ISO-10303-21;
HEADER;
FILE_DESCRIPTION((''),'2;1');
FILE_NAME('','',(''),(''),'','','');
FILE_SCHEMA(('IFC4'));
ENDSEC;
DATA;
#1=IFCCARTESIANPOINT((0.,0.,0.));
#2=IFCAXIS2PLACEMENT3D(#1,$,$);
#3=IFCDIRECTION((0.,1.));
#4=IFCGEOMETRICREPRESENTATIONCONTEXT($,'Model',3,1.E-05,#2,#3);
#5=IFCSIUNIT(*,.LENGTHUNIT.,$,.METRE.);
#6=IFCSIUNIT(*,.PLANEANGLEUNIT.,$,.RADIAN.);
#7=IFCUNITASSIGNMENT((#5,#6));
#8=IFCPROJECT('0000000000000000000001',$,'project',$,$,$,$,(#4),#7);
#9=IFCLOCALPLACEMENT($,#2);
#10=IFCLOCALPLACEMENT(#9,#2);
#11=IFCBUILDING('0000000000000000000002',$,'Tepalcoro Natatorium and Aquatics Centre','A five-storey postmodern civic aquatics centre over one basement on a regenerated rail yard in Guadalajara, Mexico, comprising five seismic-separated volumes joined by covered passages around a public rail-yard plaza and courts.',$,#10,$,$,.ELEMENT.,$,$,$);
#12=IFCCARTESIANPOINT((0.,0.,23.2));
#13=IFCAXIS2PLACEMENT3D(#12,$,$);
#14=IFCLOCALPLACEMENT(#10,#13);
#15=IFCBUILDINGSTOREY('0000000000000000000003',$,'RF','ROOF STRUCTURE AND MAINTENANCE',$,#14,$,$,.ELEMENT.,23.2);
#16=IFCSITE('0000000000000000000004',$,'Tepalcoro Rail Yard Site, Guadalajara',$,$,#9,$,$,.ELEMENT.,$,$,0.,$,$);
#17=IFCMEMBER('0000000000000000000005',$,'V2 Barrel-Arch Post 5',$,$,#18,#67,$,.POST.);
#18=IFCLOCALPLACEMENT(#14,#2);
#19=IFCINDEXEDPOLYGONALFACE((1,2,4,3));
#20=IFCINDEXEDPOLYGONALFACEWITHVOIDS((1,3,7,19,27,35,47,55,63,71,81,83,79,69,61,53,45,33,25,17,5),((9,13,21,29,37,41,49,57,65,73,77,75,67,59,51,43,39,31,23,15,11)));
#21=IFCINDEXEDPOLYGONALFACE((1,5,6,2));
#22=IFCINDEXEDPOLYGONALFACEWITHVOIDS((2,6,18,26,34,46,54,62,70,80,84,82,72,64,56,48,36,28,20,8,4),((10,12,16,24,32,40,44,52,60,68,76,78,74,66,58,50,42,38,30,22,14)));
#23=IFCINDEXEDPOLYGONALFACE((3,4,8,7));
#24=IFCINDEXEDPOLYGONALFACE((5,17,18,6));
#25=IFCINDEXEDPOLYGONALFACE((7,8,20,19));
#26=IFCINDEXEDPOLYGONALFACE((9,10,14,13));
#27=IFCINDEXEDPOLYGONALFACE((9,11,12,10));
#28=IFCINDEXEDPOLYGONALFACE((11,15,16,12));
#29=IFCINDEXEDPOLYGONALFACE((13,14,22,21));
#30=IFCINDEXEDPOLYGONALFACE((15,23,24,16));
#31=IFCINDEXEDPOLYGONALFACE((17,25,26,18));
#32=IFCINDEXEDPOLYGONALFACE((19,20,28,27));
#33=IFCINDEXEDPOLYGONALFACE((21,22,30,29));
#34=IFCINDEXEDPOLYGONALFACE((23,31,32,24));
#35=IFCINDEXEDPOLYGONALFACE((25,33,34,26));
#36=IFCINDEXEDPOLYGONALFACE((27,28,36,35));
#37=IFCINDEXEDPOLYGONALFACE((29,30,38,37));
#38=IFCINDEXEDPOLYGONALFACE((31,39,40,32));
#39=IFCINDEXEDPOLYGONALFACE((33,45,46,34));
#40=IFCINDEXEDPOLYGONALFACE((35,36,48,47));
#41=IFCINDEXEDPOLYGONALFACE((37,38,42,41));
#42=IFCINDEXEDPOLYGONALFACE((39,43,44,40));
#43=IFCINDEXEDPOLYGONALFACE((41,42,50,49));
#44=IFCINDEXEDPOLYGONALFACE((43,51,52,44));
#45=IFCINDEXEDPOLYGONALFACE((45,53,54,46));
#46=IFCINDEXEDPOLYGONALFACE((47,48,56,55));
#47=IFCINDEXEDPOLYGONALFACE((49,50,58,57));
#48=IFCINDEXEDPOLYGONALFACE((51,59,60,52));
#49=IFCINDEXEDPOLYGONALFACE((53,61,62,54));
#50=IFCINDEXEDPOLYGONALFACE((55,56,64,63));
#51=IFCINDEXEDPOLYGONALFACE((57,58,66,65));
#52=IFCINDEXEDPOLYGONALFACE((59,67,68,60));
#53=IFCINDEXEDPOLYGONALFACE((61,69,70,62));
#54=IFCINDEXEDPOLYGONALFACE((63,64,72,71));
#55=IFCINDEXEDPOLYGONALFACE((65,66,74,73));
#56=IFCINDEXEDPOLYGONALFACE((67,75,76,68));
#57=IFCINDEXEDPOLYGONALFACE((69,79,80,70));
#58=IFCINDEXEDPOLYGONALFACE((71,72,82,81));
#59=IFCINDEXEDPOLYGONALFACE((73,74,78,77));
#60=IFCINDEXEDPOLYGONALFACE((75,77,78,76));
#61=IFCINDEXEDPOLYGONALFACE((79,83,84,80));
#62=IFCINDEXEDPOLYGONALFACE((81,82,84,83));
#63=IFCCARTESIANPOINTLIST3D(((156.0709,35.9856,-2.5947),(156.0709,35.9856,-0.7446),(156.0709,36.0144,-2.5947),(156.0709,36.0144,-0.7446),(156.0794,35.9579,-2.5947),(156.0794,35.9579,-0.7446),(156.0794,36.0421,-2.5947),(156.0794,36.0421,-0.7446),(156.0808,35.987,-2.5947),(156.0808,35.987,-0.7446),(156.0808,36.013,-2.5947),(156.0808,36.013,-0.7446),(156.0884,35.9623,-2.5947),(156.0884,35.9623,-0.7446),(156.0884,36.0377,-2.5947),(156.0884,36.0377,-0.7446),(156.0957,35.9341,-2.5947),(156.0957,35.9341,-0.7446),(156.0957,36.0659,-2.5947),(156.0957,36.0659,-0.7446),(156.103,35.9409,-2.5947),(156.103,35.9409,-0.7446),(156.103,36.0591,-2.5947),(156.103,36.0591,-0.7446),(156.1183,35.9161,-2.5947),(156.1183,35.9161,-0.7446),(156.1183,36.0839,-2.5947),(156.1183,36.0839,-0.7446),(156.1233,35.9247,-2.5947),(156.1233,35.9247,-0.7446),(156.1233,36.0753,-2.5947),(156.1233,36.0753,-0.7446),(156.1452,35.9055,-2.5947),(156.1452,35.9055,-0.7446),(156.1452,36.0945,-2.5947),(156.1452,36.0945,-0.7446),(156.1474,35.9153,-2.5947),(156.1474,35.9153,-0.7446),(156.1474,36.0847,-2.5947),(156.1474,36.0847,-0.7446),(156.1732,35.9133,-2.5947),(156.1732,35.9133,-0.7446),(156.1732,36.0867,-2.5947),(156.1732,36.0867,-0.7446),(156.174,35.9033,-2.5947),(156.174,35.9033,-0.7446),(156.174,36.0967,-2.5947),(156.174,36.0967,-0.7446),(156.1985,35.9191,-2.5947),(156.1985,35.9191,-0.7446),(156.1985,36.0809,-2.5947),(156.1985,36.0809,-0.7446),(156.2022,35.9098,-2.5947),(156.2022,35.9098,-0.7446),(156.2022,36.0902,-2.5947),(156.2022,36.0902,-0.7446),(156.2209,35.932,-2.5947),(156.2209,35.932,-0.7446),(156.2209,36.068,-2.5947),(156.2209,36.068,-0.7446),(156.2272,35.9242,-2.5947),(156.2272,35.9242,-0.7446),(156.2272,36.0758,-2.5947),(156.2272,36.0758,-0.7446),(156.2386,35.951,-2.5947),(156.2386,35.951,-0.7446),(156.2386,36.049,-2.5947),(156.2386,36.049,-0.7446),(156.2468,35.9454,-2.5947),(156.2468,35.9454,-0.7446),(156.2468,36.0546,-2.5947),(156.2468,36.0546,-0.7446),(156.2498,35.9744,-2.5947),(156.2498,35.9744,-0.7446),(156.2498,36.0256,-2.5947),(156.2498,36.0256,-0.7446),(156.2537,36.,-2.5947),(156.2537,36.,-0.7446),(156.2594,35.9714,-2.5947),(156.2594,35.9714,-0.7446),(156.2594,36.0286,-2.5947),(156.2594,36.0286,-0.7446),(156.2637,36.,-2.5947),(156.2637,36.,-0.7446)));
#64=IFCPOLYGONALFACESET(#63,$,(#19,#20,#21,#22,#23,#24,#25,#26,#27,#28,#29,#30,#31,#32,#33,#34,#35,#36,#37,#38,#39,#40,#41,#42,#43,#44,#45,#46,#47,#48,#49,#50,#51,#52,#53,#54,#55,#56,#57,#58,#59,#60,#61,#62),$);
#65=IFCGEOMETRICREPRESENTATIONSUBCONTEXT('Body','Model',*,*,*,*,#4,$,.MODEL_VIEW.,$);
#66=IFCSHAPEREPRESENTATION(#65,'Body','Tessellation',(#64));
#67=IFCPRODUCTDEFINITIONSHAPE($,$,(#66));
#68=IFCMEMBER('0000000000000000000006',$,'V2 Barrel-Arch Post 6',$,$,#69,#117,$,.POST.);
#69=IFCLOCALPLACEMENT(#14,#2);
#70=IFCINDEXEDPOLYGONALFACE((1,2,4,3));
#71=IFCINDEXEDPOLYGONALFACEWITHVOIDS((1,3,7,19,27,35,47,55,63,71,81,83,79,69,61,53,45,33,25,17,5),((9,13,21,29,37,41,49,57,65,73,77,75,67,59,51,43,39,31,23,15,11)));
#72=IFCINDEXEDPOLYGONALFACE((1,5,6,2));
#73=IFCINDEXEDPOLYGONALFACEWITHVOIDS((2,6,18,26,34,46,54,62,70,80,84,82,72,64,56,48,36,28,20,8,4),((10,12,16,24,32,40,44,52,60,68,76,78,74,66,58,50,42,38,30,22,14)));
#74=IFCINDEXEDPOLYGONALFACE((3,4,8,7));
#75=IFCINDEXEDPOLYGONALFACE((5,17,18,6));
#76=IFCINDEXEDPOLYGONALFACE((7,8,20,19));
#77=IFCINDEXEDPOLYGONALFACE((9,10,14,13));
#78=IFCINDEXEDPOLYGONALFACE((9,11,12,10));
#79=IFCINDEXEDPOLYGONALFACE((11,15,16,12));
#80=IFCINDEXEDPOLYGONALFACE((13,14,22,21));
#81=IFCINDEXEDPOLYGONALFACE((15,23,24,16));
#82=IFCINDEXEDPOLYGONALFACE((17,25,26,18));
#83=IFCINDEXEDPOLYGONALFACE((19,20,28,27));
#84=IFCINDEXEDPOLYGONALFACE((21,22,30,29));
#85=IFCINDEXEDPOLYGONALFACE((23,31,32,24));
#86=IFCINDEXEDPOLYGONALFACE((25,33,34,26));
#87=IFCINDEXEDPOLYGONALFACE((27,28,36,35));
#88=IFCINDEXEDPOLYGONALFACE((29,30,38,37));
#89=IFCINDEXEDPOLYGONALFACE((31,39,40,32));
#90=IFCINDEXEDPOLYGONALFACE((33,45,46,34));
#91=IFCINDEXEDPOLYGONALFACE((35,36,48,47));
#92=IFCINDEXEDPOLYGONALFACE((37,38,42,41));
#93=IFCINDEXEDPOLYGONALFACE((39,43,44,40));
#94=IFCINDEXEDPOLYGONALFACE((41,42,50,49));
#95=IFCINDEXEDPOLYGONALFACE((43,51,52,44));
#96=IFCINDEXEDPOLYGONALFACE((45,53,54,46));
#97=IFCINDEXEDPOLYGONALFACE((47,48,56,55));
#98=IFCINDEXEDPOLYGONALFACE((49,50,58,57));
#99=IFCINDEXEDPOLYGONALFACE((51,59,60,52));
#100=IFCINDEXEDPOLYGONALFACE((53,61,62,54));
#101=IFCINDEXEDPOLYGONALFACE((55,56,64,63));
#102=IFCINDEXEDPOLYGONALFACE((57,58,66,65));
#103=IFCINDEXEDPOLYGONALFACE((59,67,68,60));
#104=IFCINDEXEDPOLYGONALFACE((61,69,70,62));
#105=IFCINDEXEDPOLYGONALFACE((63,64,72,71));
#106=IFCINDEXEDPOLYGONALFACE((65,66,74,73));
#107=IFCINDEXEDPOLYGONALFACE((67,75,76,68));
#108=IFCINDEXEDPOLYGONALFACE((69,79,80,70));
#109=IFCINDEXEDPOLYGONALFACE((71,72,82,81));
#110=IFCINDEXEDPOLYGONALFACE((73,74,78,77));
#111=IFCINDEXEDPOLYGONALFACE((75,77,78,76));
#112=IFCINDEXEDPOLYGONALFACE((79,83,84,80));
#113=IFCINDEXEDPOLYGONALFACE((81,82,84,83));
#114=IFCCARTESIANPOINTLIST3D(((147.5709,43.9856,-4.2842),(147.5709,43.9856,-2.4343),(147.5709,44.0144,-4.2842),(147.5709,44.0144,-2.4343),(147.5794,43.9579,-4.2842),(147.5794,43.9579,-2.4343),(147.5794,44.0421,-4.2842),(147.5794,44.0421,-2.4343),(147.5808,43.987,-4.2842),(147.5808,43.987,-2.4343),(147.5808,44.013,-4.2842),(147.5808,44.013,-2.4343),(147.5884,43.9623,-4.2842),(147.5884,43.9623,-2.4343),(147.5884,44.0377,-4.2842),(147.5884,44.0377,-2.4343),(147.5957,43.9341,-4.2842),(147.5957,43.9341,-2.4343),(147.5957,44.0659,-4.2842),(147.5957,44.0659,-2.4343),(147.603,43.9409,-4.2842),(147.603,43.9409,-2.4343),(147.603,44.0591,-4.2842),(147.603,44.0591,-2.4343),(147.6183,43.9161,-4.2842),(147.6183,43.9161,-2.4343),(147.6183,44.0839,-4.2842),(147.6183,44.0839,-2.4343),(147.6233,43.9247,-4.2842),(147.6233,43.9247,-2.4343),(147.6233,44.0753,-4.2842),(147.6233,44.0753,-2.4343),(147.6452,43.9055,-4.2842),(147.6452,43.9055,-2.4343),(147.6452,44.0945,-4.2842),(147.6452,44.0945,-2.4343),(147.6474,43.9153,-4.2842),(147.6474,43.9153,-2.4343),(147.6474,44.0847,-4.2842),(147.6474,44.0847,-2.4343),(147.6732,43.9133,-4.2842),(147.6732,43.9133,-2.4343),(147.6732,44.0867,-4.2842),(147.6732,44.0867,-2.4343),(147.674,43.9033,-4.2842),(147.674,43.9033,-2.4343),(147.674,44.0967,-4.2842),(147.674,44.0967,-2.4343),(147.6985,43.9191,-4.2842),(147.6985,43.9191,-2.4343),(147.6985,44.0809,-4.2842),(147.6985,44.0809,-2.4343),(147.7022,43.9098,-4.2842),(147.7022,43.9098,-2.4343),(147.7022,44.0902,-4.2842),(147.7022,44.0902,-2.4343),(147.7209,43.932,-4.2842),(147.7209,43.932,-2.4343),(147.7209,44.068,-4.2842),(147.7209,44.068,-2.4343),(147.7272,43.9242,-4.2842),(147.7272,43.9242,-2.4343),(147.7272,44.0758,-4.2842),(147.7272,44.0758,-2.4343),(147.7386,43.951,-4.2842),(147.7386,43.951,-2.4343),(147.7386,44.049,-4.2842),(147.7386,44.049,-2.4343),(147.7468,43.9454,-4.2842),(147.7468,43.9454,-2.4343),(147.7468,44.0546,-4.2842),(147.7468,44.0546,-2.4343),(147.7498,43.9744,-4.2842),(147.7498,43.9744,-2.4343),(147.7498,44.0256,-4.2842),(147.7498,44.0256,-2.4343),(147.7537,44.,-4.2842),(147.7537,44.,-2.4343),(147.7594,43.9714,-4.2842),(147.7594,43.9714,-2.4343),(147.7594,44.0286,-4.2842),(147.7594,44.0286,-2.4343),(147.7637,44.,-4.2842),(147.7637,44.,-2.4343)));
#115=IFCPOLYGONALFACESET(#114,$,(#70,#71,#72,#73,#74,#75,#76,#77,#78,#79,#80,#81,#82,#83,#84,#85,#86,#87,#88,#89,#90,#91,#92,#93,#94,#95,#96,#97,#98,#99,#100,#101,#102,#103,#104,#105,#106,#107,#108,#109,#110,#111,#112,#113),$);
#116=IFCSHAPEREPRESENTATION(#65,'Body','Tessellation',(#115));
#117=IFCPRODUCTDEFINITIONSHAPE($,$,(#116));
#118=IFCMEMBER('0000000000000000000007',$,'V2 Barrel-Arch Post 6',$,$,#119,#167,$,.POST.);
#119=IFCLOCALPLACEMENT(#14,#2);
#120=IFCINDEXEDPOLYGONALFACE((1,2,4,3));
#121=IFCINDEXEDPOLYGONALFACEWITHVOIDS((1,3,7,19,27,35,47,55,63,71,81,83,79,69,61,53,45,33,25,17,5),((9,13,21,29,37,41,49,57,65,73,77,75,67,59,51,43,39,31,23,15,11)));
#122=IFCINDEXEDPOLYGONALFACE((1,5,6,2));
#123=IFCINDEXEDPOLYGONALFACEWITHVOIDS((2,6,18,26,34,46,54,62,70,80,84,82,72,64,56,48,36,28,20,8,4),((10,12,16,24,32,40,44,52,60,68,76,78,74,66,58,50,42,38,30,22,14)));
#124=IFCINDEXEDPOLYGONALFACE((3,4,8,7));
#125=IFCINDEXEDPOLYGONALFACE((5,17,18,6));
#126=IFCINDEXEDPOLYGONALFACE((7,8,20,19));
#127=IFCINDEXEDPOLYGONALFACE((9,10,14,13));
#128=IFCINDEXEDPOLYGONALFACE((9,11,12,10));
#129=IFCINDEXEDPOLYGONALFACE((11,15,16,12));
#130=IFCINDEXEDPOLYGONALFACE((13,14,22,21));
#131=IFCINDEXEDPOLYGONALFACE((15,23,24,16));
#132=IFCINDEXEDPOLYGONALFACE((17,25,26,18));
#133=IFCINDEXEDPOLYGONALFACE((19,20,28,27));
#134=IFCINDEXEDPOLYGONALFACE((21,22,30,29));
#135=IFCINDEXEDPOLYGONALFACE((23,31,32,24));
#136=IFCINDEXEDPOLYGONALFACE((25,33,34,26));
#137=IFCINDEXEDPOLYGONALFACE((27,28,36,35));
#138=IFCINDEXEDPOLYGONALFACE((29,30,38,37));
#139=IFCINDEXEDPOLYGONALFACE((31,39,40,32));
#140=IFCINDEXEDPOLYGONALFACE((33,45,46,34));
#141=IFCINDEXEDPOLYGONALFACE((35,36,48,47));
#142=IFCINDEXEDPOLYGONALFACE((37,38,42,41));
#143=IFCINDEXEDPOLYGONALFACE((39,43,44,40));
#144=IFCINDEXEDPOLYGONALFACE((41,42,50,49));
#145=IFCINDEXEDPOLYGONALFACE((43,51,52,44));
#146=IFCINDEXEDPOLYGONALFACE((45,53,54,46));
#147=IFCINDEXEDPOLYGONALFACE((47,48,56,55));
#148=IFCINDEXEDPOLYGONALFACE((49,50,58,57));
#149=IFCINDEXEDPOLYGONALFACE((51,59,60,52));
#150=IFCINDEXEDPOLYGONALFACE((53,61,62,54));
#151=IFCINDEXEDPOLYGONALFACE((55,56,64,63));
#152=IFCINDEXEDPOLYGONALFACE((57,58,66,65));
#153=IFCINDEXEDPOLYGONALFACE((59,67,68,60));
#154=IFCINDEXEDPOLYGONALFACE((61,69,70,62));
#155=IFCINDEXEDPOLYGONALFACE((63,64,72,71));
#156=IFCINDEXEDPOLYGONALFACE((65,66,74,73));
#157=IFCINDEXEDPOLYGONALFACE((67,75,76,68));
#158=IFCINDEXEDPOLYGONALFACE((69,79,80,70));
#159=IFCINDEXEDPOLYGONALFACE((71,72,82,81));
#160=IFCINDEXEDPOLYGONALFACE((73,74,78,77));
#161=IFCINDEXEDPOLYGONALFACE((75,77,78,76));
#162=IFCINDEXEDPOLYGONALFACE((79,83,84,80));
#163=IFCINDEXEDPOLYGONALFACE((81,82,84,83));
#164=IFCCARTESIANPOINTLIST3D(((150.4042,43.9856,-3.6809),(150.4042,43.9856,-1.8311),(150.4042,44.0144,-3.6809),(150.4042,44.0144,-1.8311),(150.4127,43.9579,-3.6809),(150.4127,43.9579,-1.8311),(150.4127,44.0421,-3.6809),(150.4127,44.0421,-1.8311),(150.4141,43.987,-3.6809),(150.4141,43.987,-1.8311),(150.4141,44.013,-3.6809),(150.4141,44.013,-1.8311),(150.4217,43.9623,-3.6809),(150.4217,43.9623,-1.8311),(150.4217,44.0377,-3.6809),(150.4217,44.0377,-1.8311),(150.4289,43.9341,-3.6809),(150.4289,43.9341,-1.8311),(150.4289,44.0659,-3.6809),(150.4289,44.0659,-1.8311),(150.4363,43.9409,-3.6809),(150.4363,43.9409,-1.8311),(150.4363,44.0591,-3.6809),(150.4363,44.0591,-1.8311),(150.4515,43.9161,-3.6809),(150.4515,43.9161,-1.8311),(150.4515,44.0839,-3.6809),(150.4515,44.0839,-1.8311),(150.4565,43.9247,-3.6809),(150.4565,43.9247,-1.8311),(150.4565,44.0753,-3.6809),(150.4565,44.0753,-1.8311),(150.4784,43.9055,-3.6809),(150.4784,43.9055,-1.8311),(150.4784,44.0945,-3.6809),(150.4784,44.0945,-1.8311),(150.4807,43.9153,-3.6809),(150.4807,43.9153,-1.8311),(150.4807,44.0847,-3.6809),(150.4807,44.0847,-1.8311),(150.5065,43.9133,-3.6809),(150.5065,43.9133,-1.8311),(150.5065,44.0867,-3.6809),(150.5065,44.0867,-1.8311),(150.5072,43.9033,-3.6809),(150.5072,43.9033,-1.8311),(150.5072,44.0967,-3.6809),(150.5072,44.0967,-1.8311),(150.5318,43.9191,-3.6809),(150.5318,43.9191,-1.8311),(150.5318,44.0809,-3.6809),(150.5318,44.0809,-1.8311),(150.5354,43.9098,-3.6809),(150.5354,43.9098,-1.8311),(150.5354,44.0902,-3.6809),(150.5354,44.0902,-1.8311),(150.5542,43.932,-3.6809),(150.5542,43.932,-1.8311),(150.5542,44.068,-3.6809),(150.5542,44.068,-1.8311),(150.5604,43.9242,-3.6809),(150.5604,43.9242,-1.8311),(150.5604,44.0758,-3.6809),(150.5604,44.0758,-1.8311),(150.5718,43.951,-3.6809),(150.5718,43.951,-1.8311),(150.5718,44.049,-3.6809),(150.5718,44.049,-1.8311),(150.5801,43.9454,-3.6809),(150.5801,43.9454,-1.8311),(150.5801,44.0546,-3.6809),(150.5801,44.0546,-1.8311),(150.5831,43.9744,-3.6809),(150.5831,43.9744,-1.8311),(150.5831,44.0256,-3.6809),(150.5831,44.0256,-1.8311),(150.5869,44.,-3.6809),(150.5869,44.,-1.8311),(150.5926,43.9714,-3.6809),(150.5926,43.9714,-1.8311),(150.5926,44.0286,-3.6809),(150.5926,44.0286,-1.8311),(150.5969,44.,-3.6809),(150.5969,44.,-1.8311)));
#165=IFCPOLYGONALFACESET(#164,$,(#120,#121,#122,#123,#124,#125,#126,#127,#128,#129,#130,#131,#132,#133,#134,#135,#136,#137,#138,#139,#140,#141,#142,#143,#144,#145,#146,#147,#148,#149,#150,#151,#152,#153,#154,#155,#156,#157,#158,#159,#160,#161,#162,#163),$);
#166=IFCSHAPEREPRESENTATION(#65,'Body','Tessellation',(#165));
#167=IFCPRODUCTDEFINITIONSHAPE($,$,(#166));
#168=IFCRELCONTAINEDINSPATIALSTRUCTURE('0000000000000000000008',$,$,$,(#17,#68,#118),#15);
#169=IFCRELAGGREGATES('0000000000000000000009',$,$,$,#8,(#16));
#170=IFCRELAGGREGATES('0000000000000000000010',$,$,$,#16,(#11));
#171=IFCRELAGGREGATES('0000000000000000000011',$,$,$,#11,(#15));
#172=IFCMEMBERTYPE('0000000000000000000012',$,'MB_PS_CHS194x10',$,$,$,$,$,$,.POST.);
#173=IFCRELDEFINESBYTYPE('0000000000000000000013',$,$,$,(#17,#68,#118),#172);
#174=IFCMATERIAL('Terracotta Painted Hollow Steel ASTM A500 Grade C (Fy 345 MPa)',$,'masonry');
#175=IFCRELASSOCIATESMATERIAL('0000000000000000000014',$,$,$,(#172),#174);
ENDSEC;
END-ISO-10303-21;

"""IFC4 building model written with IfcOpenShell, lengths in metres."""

from ifc_helpers import new_model, si_unit, direction, frame, origin, origin_2d, place, context, subcontext, project, spatial, hollow_circle, extrude, material, material_profile, profile_set, type_object, element, save


model = new_model("IFC4")

# Units and contexts
model_context = context("Model", 3, precision=1e-05, world=origin(), true_north=direction((0.0, 1.0)))
body_context = subcontext(model_context, "Body", "Model", "MODEL_VIEW")
ifc_project = project(units=[si_unit("LENGTHUNIT", "METRE"), si_unit("PLANEANGLEUNIT", "RADIAN")], contexts=[model_context])

# Site, building, storey
site_placement = place(None, origin())
site = spatial("IfcSite", under=ifc_project, at=site_placement, Name="Tepalcoro Rail Yard Site, Guadalajara", CompositionType="ELEMENT", RefElevation=0.0)
building_placement = place(site_placement, origin())
building = spatial("IfcBuilding", under=site, at=building_placement, Name="Tepalcoro Natatorium and Aquatics Centre", Description="A five-storey postmodern civic aquatics centre over one basement on a regenerated rail yard in Guadalajara, Mexico, comprising five seismic-separated volumes joined by covered passages around a public rail-yard plaza and courts.", CompositionType="ELEMENT")
storey_placement = place(building_placement, frame((0.0, 0.0, 23.2)))
storey = spatial("IfcBuildingStorey", under=building, at=storey_placement, Name="RF", Description="ROOF STRUCTURE AND MAINTENANCE", CompositionType="ELEMENT", Elevation=23.2)

# Shared definitions
ifc_material_1 = material(Name="Terracotta Painted Hollow Steel ASTM A500 Grade C (Fy 345 MPa)", Category="masonry")

# Members
ifc_material_profile_1 = material_profile(ifc_material_1, hollow_circle(Radius=0.0969, WallThickness=0.01, at=origin_2d()), Name="CHS194X10")
ifc_profile_set_1 = profile_set([ifc_material_profile_1], Name="Terracotta Painted Hollow Steel ASTM A500 Grade C (Fy 345 MPa)")
member_type_1 = type_object("IfcMemberType", Name="MB_PS_CHS194x10", PredefinedType="POST", material=ifc_profile_set_1)
for number, where, z_axis, x_axis, name in (
    (1, (156.1667, 36.0, -2.5947), (0.0, 0.0, 1.0), (1.0, 0.0, 0.0), "V2 Barrel-Arch Post 5"),
):
    element("IfcMember", number, at=place(storey_placement, frame(where, z_axis=z_axis, x_axis=x_axis)), inside=storey, type_object=member_type_1, Name=name, PredefinedType="POST", context=body_context, shape_type="SweptSolid", body=[
        extrude(hollow_circle(Radius=0.0969, WallThickness=0.01, at=origin_2d()), origin(), (0.0, 0.0, 1.0), 1.8501),
    ])
for number, where, z_axis, x_axis, name in (
    (2, (147.6667, 44.0, -4.2842), (0.0, 0.0, 1.0), (1.0, 0.0, 0.0), "V2 Barrel-Arch Post 6"),
    (3, (150.5, 44.0, -3.6809), (0.0, 0.0, 1.0), (1.0, 0.0, 0.0), "V2 Barrel-Arch Post 6"),
):
    element("IfcMember", number, at=place(storey_placement, frame(where, z_axis=z_axis, x_axis=x_axis)), inside=storey, type_object=member_type_1, Name=name, PredefinedType="POST", context=body_context, shape_type="SweptSolid", body=[
        extrude(hollow_circle(Radius=0.0969, WallThickness=0.01, at=origin_2d()), origin(), (0.0, 0.0, 1.0), 1.8499),
    ])

save(model, "model.ifc")
